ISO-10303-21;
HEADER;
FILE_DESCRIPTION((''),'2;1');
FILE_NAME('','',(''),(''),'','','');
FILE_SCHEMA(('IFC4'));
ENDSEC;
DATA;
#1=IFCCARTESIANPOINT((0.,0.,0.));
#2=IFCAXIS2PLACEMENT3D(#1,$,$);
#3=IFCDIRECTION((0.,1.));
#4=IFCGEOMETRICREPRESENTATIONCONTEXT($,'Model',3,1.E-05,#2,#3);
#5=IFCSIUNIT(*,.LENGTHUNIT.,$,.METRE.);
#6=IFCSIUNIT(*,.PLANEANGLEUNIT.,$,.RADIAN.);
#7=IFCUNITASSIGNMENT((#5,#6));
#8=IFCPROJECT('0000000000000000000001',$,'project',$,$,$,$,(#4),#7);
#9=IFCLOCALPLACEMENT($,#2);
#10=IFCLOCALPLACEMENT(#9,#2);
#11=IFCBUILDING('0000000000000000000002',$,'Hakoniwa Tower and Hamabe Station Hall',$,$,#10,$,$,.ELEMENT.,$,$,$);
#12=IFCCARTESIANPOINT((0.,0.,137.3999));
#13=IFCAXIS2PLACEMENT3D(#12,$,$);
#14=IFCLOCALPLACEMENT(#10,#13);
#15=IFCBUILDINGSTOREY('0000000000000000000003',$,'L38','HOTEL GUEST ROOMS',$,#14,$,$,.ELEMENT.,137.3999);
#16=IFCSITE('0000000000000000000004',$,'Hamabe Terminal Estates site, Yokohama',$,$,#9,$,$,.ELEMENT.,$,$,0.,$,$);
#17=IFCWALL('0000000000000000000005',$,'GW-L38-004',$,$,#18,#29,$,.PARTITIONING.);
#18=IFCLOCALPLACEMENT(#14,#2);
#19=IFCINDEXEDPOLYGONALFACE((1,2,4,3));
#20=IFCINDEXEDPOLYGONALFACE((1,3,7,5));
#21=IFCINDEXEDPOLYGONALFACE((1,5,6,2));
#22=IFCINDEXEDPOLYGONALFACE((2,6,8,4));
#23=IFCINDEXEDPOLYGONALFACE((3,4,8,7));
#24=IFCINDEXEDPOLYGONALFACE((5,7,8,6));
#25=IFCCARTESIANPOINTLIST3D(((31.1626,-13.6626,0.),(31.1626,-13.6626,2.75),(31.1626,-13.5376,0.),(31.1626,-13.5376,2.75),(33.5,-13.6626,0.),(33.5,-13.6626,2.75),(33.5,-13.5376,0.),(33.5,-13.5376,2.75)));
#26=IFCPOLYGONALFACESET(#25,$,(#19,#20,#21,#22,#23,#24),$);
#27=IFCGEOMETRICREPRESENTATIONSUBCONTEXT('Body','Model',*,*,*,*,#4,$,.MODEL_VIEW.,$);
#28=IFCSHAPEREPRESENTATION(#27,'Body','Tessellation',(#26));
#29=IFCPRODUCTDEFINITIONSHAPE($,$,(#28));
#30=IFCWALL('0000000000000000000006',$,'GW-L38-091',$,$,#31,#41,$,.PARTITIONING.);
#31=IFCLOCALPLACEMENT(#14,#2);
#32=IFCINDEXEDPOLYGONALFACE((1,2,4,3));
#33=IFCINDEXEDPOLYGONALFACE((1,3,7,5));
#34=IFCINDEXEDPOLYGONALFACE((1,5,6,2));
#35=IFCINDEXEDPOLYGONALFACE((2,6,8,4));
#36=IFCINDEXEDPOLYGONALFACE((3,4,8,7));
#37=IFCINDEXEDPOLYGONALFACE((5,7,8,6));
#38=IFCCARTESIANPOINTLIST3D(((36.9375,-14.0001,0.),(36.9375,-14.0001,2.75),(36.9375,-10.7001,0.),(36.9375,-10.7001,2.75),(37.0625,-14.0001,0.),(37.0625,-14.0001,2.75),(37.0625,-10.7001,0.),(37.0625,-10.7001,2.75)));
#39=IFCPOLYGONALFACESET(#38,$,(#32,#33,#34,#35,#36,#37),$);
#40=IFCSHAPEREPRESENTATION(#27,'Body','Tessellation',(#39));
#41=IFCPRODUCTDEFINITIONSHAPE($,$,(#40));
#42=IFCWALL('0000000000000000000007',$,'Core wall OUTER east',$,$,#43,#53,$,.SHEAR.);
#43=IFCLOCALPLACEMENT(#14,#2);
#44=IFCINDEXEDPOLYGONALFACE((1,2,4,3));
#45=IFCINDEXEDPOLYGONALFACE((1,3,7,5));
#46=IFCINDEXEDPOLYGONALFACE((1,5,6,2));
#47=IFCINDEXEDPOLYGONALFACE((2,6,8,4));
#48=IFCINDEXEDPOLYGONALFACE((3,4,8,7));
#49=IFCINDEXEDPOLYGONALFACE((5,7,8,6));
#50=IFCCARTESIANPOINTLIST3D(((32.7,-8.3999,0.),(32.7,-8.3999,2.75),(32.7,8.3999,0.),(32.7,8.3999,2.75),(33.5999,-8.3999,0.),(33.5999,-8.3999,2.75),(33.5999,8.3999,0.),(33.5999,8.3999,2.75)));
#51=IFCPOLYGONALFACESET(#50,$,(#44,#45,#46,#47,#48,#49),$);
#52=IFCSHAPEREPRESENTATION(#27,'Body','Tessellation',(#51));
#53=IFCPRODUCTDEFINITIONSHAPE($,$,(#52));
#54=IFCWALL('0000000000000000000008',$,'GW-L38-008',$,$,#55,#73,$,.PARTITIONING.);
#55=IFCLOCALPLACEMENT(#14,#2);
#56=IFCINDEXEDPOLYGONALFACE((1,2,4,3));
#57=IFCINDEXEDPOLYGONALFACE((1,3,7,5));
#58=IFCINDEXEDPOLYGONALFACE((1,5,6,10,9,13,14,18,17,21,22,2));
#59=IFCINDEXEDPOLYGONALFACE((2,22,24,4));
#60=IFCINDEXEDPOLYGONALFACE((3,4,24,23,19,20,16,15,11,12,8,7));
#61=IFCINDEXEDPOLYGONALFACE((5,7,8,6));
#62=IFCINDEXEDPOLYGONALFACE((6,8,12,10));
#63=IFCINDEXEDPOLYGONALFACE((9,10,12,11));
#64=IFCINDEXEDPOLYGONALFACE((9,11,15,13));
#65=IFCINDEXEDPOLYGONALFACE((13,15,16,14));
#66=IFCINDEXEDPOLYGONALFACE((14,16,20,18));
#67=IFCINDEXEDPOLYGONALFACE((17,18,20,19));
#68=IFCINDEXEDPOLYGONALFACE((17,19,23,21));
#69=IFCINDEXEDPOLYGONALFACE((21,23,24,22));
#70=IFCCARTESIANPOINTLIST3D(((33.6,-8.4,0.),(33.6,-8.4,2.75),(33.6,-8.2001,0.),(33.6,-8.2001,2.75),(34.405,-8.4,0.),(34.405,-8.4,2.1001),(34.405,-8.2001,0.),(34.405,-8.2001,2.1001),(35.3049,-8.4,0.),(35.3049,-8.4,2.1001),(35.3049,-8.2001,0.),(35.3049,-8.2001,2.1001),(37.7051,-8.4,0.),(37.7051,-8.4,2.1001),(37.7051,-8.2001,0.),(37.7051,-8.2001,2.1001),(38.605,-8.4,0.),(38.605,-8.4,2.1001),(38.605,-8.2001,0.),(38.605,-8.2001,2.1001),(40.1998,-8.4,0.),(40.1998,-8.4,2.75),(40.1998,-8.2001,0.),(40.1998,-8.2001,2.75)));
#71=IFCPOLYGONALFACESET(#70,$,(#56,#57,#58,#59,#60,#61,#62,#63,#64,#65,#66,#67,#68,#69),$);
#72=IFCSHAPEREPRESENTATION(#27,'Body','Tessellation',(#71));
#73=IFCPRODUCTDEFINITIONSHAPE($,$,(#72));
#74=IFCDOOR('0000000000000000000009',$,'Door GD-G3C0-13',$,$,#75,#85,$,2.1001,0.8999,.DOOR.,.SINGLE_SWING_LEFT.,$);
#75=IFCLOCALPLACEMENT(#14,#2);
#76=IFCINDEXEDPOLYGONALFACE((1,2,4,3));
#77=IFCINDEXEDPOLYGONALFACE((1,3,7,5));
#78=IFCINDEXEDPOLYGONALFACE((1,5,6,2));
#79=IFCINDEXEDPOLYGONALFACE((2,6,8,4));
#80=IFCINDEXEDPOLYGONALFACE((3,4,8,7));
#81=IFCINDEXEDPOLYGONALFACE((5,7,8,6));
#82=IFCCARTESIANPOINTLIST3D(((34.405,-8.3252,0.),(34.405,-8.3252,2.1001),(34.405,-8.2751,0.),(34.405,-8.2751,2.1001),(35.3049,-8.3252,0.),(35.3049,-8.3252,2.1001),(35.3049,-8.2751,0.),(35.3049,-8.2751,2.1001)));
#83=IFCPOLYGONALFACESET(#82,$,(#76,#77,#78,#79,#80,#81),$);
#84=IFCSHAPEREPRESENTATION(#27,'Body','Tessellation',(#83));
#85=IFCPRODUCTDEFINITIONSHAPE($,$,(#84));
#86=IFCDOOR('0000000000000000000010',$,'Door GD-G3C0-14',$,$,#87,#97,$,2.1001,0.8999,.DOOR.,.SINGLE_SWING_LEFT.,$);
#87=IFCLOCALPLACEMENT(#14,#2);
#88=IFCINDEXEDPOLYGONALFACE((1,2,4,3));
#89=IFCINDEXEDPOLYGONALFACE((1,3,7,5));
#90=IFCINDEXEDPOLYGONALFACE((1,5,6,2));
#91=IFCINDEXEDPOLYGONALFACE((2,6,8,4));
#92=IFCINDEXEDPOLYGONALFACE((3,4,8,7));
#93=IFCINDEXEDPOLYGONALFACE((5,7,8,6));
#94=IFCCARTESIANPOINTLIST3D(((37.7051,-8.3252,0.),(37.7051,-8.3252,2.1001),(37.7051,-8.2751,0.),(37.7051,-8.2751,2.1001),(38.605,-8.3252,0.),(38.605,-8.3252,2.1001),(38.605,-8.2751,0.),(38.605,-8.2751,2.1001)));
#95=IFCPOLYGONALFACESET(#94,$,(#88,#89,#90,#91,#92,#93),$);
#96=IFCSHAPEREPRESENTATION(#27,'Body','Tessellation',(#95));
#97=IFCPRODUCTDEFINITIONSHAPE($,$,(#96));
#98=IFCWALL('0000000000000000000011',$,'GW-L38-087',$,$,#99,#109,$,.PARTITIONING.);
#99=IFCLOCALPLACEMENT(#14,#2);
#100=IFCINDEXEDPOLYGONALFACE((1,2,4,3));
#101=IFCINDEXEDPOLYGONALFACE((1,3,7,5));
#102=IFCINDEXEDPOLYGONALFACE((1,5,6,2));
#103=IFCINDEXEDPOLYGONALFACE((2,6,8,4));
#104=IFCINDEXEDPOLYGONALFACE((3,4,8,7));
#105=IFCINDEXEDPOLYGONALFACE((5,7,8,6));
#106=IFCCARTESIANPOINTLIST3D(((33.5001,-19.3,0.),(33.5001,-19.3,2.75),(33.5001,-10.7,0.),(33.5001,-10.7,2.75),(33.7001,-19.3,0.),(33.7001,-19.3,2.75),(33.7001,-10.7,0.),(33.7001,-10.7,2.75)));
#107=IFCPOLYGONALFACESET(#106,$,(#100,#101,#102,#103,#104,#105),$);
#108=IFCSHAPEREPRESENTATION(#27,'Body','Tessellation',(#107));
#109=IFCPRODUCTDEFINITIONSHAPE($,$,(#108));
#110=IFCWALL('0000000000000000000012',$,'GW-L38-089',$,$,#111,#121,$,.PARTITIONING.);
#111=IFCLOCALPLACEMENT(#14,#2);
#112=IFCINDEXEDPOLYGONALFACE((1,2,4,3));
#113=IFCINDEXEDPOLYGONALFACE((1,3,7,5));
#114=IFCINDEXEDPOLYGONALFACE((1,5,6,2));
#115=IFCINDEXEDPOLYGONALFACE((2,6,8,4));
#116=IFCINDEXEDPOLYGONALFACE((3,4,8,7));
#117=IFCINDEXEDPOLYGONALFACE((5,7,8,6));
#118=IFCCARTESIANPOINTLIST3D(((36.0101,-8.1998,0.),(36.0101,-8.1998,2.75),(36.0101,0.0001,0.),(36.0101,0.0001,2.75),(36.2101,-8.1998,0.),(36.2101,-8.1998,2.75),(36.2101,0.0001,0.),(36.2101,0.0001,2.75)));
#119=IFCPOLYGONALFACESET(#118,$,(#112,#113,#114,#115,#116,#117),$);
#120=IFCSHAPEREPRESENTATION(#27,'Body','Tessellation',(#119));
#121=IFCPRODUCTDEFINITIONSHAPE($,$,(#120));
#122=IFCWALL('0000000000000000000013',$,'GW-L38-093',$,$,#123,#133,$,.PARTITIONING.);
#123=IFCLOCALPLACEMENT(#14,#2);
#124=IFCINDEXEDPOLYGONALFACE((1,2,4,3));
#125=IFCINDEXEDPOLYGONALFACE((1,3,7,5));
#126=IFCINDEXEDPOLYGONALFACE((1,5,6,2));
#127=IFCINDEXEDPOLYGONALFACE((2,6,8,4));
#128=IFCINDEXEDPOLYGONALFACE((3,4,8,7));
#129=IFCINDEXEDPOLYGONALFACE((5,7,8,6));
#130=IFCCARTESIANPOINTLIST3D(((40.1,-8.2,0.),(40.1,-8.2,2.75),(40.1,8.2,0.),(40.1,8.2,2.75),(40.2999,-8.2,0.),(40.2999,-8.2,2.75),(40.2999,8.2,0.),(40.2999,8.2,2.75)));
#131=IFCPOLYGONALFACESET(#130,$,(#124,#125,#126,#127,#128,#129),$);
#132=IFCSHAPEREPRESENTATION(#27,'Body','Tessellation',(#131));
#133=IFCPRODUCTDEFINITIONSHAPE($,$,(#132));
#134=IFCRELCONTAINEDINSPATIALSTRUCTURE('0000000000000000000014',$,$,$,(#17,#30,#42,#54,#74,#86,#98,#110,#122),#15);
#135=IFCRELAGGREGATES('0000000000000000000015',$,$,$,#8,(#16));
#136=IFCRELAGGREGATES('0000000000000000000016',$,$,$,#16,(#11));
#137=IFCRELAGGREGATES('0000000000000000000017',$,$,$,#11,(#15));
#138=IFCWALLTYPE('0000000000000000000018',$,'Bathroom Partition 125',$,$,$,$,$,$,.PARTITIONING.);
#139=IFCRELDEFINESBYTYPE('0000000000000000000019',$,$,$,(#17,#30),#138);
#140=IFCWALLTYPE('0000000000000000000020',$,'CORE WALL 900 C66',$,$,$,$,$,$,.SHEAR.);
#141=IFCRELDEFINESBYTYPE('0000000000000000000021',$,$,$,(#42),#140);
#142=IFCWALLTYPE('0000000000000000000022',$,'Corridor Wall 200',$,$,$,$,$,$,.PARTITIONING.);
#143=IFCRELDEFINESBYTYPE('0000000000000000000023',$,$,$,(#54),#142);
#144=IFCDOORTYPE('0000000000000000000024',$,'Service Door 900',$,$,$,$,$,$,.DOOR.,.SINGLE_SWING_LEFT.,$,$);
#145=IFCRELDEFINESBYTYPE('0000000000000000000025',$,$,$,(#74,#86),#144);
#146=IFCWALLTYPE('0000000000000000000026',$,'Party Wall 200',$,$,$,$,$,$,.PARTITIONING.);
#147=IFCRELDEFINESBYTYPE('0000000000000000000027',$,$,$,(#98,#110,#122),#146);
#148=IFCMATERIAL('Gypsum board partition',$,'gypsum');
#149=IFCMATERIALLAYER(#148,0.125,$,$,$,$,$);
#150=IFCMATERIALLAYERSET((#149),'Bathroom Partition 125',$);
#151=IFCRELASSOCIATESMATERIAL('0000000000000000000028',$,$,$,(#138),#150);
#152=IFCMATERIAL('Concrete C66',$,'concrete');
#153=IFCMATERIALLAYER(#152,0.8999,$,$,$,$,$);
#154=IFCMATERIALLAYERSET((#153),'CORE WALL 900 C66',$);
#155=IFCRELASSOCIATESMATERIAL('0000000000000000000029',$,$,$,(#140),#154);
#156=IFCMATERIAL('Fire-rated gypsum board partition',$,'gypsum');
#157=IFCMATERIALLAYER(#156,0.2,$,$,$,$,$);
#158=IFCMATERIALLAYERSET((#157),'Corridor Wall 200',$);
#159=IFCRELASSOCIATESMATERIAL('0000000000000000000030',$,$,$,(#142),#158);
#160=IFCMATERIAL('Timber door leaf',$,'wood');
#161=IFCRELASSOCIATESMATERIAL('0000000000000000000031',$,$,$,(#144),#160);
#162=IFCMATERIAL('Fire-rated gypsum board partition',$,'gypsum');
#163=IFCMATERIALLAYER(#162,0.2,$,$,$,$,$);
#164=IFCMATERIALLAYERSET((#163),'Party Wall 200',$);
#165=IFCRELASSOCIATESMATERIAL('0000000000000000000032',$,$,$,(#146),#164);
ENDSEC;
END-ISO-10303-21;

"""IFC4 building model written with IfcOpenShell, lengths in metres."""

from ifc_helpers import new_model, si_unit, direction, frame, frame_2d, origin, place, context, subcontext, project, spatial, rectangle, extrude, material, layer, layer_set, type_object, element, fill, save


model = new_model("IFC4")

# Units and contexts
model_context = context("Model", 3, precision=1e-05, world=origin(), true_north=direction((0.0, 1.0)))
body_context = subcontext(model_context, "Body", "Model", "MODEL_VIEW")
ifc_project = project(units=[si_unit("LENGTHUNIT", "METRE"), si_unit("PLANEANGLEUNIT", "RADIAN")], contexts=[model_context])

# Site, building, storey
site_placement = place(None, origin())
site = spatial("IfcSite", under=ifc_project, at=site_placement, Name="Hamabe Terminal Estates site, Yokohama", CompositionType="ELEMENT", RefElevation=0.0)
building_placement = place(site_placement, origin())
building = spatial("IfcBuilding", under=site, at=building_placement, Name="Hakoniwa Tower and Hamabe Station Hall", CompositionType="ELEMENT")
storey_placement = place(building_placement, frame((0.0, 0.0, 137.3999)))
storey = spatial("IfcBuildingStorey", under=building, at=storey_placement, Name="L38", Description="HOTEL GUEST ROOMS", CompositionType="ELEMENT", Elevation=137.3999)

# Shared definitions
ifc_material_1 = material(Name="Gypsum board partition", Category="gypsum")
ifc_layer_1 = layer(ifc_material_1, 0.125)
ifc_layer_set_1 = layer_set([ifc_layer_1], Name="Bathroom Partition 125")
wall_type_1 = type_object("IfcWallType", Name="Bathroom Partition 125", PredefinedType="PARTITIONING", material=ifc_layer_set_1)

# Walls
wall_1_placement = place(storey_placement, frame((31.1626, -13.6001, 0.0), z_axis=(0.0, 0.0, 1.0), x_axis=(1.0, 0.0, 0.0)))
element("IfcWall", 1, at=wall_1_placement, inside=storey, type_object=wall_type_1, Name="GW-L38-004", PredefinedType="PARTITIONING", context=body_context, shape_type="SweptSolid", body=[
    extrude(rectangle(XDim=2.3374, YDim=0.125, at=frame_2d((1.1687, 0.0))), origin(), (0.0, 0.0, 1.0), 2.75),
])
wall_2_placement = place(storey_placement, frame((37.0, -14.0, 0.0), z_axis=(0.0, 0.0, 1.0), x_axis=(0.0, 1.0, 0.0)))
element("IfcWall", 2, at=wall_2_placement, inside=storey, type_object=wall_type_1, Name="GW-L38-091", PredefinedType="PARTITIONING", context=body_context, shape_type="SweptSolid", body=[
    extrude(rectangle(XDim=3.3, YDim=0.125, at=frame_2d((1.6499, 0.0))), origin(), (0.0, 0.0, 1.0), 2.75),
])
ifc_material_2 = material(Name="Concrete C66", Category="concrete")
ifc_layer_2 = layer(ifc_material_2, 0.8999)
ifc_layer_set_2 = layer_set([ifc_layer_2], Name="CORE WALL 900 C66")
wall_type_2 = type_object("IfcWallType", Name="CORE WALL 900 C66", PredefinedType="SHEAR", material=ifc_layer_set_2)
wall_3_placement = place(storey_placement, frame((33.1499, -8.3999, 0.0), z_axis=(0.0, 0.0, 1.0), x_axis=(0.0, 1.0, 0.0)))
element("IfcWall", 3, at=wall_3_placement, inside=storey, type_object=wall_type_2, Name="Core wall OUTER east", PredefinedType="SHEAR", context=body_context, shape_type="SweptSolid", body=[
    extrude(rectangle(XDim=16.7998, YDim=0.8999, at=frame_2d((8.3999, 0.0))), origin(), (0.0, 0.0, 1.0), 2.75),
])

# Wall, openings, doors
ifc_material_3 = material(Name="Fire-rated gypsum board partition", Category="gypsum")
ifc_layer_3 = layer(ifc_material_3, 0.2)
ifc_layer_set_3 = layer_set([ifc_layer_3], Name="Corridor Wall 200")
wall_type_3 = type_object("IfcWallType", Name="Corridor Wall 200", PredefinedType="PARTITIONING", material=ifc_layer_set_3)
wall_4_placement = place(storey_placement, frame((33.6001, -8.3, 0.0), z_axis=(0.0, 0.0, 1.0), x_axis=(1.0, 0.0, 0.0)))
wall_4 = element("IfcWall", 4, at=wall_4_placement, inside=storey, type_object=wall_type_3, Name="GW-L38-008", PredefinedType="PARTITIONING", context=body_context, shape_type="SweptSolid", body=[
    extrude(rectangle(XDim=6.5999, YDim=0.2, at=frame_2d((3.2998, 0.0))), origin(), (0.0, 0.0, 1.0), 2.75),
])
opening_1_placement = place(wall_4_placement, frame((0.8049, 0.0, 0.0)))
opening_1 = element("IfcOpeningElement", 5, at=opening_1_placement, cuts=wall_4, PredefinedType="OPENING", context=body_context, shape_type="SweptSolid", body=[
    extrude(rectangle(XDim=0.8999, YDim=2.1001, at=frame_2d((0.45, 1.05))), frame((0.0, 0.1099, 0.0), z_axis=(0.0, -1.0, 0.0), x_axis=(1.0, 0.0, 0.0)), (0.0, 0.0, 1.0), 0.22),
])
opening_2_placement = place(wall_4_placement, frame((4.105, 0.0, 0.0)))
opening_2 = element("IfcOpeningElement", 6, at=opening_2_placement, cuts=wall_4, PredefinedType="OPENING", context=body_context, shape_type="SweptSolid", body=[
    extrude(rectangle(XDim=0.8999, YDim=2.1001, at=frame_2d((0.45, 1.05))), frame((0.0, 0.1099, 0.0), z_axis=(0.0, -1.0, 0.0), x_axis=(1.0, 0.0, 0.0)), (0.0, 0.0, 1.0), 0.22),
])
ifc_material_4 = material(Name="Timber door leaf", Category="wood")
door_type_1 = type_object("IfcDoorType", Name="Service Door 900", OperationType="SINGLE_SWING_LEFT", PredefinedType="DOOR", material=ifc_material_4)
door_1_placement = place(opening_1_placement, origin())
door_1 = element("IfcDoor", 7, at=door_1_placement, inside=storey, type_object=door_type_1, Name="Door GD-G3C0-13", OperationType="SINGLE_SWING_LEFT", OverallHeight=2.1001, OverallWidth=0.8999, PredefinedType="DOOR", context=body_context, shape_type="SweptSolid", body=[
    extrude(rectangle(XDim=0.8999, YDim=2.1001, at=frame_2d((0.45, 1.05))), frame((0.0, 0.0249, 0.0), z_axis=(0.0, -1.0, 0.0), x_axis=(1.0, 0.0, 0.0)), (0.0, 0.0, 1.0), 0.05),
])
fill(opening_1, door_1)
door_2_placement = place(opening_2_placement, origin())
door_2 = element("IfcDoor", 8, at=door_2_placement, inside=storey, type_object=door_type_1, Name="Door GD-G3C0-14", OperationType="SINGLE_SWING_LEFT", OverallHeight=2.1001, OverallWidth=0.8999, PredefinedType="DOOR", context=body_context, shape_type="SweptSolid", body=[
    extrude(rectangle(XDim=0.8999, YDim=2.1001, at=frame_2d((0.45, 1.05))), frame((0.0, 0.0249, 0.0), z_axis=(0.0, -1.0, 0.0), x_axis=(1.0, 0.0, 0.0)), (0.0, 0.0, 1.0), 0.05),
])
fill(opening_2, door_2)

# Walls
ifc_material_5 = material(Name="Fire-rated gypsum board partition", Category="gypsum")
ifc_layer_4 = layer(ifc_material_5, 0.2)
ifc_layer_set_4 = layer_set([ifc_layer_4], Name="Party Wall 200")
wall_type_4 = type_object("IfcWallType", Name="Party Wall 200", PredefinedType="PARTITIONING", material=ifc_layer_set_4)
wall_5_placement = place(storey_placement, frame((33.6001, -19.3, 0.0), z_axis=(0.0, 0.0, 1.0), x_axis=(0.0, 1.0, 0.0)))
element("IfcWall", 9, at=wall_5_placement, inside=storey, type_object=wall_type_4, Name="GW-L38-087", PredefinedType="PARTITIONING", context=body_context, shape_type="SweptSolid", body=[
    extrude(rectangle(XDim=8.6001, YDim=0.2, at=frame_2d((4.3, 0.0))), origin(), (0.0, 0.0, 1.0), 2.75),
])
wall_6_placement = place(storey_placement, frame((36.1101, -8.2, 0.0), z_axis=(0.0, 0.0, 1.0), x_axis=(0.0, 1.0, 0.0)))
element("IfcWall", 10, at=wall_6_placement, inside=storey, type_object=wall_type_4, Name="GW-L38-089", PredefinedType="PARTITIONING", context=body_context, shape_type="SweptSolid", body=[
    extrude(rectangle(XDim=8.2, YDim=0.2, at=frame_2d((4.1001, 0.0))), origin(), (0.0, 0.0, 1.0), 2.75),
])
wall_7_placement = place(storey_placement, frame((40.2, -8.2, 0.0), z_axis=(0.0, 0.0, 1.0), x_axis=(0.0, 1.0, 0.0)))
element("IfcWall", 11, at=wall_7_placement, inside=storey, type_object=wall_type_4, Name="GW-L38-093", PredefinedType="PARTITIONING", context=body_context, shape_type="SweptSolid", body=[
    extrude(rectangle(XDim=16.3999, YDim=0.2, at=frame_2d((8.2, 0.0))), origin(), (0.0, 0.0, 1.0), 2.75),
])

save(model, "model.ifc")
